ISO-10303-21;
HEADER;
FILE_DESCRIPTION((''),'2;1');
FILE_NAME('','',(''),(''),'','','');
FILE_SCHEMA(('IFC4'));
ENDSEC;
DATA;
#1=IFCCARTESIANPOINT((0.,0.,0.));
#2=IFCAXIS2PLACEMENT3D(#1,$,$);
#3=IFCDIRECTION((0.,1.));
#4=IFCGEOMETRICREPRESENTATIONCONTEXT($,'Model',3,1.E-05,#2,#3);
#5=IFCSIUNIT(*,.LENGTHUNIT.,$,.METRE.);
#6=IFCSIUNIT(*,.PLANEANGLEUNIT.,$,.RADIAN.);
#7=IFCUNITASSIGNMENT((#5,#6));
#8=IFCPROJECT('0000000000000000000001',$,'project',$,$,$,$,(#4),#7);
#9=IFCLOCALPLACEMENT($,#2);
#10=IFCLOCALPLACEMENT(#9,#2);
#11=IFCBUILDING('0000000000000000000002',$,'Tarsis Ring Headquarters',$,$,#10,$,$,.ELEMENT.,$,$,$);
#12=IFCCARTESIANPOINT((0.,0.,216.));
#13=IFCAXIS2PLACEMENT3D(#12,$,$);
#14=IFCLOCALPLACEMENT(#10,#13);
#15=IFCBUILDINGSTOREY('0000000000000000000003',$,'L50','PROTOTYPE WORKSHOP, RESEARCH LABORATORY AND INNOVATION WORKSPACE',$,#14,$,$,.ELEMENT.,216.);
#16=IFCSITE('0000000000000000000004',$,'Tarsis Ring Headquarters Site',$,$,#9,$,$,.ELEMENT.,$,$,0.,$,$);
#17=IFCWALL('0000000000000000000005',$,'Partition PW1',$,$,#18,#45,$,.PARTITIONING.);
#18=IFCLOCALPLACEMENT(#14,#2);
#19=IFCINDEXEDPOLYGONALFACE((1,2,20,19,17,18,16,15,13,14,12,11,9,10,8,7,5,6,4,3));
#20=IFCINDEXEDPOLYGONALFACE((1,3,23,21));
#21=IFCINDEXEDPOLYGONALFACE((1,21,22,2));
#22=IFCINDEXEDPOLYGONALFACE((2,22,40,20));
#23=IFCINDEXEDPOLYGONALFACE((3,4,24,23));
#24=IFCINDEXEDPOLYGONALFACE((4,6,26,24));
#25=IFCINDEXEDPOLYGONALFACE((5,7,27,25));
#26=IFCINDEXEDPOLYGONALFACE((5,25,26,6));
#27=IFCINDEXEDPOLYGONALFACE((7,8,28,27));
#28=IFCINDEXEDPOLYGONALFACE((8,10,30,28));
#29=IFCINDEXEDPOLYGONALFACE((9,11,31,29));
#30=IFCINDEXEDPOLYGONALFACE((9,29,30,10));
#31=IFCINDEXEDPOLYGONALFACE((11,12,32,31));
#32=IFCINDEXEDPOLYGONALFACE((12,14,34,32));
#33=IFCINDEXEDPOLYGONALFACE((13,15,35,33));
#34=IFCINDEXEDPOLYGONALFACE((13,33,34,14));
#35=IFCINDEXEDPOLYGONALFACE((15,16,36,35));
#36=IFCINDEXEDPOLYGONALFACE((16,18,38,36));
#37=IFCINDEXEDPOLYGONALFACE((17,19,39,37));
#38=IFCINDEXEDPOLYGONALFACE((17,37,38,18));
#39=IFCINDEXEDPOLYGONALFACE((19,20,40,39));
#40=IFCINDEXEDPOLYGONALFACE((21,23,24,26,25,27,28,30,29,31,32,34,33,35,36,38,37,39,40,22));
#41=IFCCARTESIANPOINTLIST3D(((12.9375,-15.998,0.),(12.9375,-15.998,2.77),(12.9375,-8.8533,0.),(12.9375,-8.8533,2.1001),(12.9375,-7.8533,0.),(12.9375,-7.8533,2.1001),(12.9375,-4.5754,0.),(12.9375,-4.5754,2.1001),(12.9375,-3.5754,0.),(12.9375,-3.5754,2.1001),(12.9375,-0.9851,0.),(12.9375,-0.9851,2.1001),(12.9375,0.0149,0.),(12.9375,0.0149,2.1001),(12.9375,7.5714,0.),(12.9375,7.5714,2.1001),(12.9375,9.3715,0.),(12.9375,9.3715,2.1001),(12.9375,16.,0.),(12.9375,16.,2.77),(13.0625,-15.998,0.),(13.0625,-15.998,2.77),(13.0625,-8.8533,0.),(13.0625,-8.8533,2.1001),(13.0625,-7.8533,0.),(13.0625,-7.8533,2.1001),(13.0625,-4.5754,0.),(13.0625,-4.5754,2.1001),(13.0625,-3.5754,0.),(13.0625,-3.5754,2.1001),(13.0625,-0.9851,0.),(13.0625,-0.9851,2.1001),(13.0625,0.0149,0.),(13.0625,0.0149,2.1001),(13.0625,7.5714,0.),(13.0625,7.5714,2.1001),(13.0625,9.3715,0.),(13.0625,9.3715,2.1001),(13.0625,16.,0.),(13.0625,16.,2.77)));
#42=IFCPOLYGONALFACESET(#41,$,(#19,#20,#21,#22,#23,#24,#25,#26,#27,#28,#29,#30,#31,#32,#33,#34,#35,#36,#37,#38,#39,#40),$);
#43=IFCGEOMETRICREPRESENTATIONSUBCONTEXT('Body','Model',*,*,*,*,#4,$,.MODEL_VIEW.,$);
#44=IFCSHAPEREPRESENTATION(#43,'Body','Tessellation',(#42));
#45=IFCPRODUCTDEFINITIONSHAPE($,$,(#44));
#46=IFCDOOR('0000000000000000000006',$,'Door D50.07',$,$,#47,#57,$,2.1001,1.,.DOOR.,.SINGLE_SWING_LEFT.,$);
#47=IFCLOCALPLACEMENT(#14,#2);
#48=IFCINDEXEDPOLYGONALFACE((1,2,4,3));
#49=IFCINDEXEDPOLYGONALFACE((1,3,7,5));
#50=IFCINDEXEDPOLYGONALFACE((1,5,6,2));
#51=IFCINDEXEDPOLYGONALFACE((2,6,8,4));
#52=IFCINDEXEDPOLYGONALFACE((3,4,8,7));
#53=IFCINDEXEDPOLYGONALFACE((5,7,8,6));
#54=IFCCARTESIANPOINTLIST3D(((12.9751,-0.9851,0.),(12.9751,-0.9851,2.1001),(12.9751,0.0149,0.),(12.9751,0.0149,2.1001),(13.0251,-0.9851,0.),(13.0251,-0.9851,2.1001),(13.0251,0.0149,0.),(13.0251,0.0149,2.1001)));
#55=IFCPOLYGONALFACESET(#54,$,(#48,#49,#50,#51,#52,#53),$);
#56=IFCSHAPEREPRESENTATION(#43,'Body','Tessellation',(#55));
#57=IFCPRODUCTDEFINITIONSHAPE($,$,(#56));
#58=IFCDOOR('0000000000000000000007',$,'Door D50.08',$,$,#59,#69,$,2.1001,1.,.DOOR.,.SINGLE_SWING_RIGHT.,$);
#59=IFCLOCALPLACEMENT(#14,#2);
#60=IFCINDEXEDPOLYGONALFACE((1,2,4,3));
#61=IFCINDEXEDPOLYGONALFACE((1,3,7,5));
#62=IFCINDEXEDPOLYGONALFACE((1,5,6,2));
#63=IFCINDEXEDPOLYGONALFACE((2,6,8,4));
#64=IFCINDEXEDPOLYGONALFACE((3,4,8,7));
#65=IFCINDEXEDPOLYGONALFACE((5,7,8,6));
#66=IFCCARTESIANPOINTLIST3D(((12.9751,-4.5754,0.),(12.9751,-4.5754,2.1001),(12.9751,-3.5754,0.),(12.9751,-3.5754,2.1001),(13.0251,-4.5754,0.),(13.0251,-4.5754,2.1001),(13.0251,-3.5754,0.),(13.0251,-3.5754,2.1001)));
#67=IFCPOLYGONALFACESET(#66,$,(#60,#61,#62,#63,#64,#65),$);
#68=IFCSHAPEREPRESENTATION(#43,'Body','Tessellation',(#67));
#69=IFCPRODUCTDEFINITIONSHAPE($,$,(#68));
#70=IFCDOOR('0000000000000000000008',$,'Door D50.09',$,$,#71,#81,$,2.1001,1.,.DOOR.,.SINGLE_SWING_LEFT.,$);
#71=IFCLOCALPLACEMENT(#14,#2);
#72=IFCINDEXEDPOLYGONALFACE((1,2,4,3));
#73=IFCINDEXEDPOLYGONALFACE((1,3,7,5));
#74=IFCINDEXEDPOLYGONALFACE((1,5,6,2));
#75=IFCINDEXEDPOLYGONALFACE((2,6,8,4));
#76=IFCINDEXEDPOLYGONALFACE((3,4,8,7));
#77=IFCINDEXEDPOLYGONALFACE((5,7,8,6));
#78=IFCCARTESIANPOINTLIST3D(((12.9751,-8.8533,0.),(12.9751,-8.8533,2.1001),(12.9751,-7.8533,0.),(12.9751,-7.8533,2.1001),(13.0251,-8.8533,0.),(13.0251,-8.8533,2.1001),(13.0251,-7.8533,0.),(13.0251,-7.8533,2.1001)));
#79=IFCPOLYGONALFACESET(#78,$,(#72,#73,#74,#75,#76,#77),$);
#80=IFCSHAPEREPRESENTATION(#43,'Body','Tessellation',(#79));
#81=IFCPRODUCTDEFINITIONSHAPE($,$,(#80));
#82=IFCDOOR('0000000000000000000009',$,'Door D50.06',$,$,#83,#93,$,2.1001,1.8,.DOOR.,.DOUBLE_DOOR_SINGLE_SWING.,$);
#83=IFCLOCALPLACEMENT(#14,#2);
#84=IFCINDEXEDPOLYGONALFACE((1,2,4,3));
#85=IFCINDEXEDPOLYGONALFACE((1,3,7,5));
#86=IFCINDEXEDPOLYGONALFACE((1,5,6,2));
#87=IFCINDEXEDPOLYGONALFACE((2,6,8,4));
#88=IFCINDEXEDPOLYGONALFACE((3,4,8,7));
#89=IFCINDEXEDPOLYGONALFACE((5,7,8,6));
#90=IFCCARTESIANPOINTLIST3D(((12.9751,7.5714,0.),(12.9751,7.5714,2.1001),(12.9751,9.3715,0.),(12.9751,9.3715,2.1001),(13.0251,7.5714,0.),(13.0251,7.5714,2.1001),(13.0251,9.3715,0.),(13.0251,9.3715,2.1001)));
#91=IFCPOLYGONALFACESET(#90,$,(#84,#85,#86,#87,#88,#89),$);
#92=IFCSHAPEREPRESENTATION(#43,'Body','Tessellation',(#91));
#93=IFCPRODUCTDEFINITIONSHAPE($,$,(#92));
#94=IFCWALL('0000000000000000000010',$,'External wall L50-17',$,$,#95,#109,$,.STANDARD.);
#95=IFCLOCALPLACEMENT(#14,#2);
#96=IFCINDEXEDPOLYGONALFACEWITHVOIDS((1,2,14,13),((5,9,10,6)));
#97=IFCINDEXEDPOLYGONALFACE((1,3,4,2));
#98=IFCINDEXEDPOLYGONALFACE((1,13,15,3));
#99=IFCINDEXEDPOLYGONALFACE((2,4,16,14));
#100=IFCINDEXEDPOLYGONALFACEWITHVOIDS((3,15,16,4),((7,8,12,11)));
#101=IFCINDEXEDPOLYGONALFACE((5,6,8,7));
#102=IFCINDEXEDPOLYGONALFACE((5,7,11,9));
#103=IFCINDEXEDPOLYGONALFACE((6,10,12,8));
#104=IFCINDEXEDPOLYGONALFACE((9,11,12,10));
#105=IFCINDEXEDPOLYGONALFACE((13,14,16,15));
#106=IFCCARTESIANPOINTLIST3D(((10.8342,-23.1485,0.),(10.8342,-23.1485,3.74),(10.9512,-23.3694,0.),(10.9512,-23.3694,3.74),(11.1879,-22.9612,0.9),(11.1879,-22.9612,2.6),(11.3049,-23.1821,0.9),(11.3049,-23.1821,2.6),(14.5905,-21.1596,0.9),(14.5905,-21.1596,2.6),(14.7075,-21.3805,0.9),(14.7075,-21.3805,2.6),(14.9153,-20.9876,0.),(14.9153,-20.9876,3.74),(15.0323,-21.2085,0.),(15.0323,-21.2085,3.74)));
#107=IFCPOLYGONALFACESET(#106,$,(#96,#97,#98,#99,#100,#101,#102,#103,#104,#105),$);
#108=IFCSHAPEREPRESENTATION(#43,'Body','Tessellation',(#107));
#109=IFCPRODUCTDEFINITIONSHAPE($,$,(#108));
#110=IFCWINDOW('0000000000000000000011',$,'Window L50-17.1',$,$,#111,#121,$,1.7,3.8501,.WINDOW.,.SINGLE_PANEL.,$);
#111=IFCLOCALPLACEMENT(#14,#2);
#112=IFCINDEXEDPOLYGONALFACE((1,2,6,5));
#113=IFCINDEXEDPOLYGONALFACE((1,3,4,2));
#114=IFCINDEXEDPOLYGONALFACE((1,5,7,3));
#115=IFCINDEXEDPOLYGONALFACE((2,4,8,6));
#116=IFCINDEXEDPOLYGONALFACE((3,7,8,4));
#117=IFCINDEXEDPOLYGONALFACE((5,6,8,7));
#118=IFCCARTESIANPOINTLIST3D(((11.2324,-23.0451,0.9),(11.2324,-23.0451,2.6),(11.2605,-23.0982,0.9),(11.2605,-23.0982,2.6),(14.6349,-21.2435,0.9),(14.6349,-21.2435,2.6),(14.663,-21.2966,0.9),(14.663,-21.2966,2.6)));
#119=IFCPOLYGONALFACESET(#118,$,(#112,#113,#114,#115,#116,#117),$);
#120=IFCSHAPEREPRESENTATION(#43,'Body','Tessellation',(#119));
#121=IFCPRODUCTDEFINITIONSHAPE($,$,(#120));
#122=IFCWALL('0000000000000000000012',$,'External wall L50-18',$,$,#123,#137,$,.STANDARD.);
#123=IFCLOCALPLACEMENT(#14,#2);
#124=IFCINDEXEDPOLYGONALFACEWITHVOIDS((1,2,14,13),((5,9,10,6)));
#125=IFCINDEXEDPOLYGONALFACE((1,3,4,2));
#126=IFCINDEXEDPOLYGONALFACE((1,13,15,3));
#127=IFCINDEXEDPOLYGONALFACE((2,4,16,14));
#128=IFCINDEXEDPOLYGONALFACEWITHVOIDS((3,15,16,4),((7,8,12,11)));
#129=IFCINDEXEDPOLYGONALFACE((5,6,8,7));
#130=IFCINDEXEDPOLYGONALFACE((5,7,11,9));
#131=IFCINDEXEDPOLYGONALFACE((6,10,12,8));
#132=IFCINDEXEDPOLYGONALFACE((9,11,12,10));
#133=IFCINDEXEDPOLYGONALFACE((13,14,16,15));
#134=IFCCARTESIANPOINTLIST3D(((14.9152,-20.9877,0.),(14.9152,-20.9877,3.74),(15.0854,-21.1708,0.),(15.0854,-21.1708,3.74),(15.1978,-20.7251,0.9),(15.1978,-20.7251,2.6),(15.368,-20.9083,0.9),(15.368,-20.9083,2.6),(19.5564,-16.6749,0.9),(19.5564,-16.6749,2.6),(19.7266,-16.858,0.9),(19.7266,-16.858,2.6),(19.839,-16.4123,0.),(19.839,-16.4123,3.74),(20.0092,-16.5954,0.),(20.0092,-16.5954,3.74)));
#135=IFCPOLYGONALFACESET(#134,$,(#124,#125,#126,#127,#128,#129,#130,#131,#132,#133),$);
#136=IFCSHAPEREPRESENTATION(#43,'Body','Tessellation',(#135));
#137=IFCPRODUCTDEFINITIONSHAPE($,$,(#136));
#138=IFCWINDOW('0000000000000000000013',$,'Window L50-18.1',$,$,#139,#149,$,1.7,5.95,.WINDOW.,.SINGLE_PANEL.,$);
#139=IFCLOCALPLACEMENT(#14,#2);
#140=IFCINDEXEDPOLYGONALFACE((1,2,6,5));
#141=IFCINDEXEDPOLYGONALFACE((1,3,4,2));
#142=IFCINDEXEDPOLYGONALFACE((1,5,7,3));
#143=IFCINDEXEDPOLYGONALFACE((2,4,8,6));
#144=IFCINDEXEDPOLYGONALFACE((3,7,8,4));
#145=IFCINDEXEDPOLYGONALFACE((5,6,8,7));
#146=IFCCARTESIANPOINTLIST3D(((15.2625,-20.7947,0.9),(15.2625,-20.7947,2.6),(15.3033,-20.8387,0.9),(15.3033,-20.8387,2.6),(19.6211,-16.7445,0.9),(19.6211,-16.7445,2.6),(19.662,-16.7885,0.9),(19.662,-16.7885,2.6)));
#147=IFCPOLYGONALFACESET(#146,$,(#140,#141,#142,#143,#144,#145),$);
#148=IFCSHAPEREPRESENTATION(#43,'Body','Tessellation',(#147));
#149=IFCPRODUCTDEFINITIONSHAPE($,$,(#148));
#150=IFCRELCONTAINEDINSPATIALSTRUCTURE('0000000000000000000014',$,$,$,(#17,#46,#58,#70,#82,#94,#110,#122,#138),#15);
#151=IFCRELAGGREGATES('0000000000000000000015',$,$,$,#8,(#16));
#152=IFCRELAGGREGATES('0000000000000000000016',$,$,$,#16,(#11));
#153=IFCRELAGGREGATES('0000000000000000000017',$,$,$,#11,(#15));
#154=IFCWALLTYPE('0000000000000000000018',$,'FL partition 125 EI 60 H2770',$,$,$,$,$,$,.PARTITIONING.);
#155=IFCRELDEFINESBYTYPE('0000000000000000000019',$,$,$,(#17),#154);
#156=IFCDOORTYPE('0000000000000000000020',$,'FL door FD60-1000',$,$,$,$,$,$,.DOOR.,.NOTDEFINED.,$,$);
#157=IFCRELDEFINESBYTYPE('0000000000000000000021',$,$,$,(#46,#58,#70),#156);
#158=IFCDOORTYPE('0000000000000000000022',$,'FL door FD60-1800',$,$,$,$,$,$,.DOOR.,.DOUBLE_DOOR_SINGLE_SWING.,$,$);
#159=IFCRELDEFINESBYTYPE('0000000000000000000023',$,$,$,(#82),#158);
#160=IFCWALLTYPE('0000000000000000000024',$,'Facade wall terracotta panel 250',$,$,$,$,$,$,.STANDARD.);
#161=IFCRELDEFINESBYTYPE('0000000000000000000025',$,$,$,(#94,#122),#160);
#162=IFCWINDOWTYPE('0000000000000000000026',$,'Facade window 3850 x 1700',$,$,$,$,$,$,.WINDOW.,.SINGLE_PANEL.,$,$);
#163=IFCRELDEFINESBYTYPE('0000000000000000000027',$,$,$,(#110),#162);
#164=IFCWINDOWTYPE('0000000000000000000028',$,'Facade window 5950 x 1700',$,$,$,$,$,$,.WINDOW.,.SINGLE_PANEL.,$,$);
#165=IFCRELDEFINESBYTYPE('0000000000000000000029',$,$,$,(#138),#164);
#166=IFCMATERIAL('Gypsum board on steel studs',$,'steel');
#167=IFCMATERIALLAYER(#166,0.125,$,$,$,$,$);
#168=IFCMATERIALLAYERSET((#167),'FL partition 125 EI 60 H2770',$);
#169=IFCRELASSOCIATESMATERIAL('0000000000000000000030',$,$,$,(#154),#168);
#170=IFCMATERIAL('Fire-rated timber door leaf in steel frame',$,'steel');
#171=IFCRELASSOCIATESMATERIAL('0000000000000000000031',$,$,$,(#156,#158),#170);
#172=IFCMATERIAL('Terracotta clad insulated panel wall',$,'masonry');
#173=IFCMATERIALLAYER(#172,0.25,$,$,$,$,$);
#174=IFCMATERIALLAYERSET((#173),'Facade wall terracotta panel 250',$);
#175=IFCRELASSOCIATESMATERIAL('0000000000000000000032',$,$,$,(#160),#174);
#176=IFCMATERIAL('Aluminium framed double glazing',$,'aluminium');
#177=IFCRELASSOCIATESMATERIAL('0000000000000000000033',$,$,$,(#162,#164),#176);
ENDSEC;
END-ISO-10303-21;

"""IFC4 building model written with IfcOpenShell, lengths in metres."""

from ifc_helpers import new_model, si_unit, direction, frame, frame_2d, origin, place, context, subcontext, project, spatial, rectangle, extrude, material, layer, layer_set, type_object, element, fill, save


model = new_model("IFC4")

# Units and contexts
model_context = context("Model", 3, precision=1e-05, world=origin(), true_north=direction((0.0, 1.0)))
body_context = subcontext(model_context, "Body", "Model", "MODEL_VIEW")
ifc_project = project(units=[si_unit("LENGTHUNIT", "METRE"), si_unit("PLANEANGLEUNIT", "RADIAN")], contexts=[model_context])

# Site, building, storey
site_placement = place(None, origin())
site = spatial("IfcSite", under=ifc_project, at=site_placement, Name="Tarsis Ring Headquarters Site", CompositionType="ELEMENT", RefElevation=0.0)
building_placement = place(site_placement, origin())
building = spatial("IfcBuilding", under=site, at=building_placement, Name="Tarsis Ring Headquarters", CompositionType="ELEMENT")
storey_placement = place(building_placement, frame((0.0, 0.0, 216.0)))
storey = spatial("IfcBuildingStorey", under=building, at=storey_placement, Name="L50", Description="PROTOTYPE WORKSHOP, RESEARCH LABORATORY AND INNOVATION WORKSPACE", CompositionType="ELEMENT", Elevation=216.0)

# Shared definitions
ifc_material_1 = material(Name="Gypsum board on steel studs", Category="steel")

# Wall, openings, doors
ifc_layer_1 = layer(ifc_material_1, 0.125)
ifc_layer_set_1 = layer_set([ifc_layer_1], Name="FL partition 125 EI 60 H2770")
wall_type_1 = type_object("IfcWallType", Name="FL partition 125 EI 60 H2770", PredefinedType="PARTITIONING", material=ifc_layer_set_1)
wall_1_placement = place(storey_placement, frame((13.0, -15.998, 0.0), z_axis=(0.0, 0.0, 1.0), x_axis=(0.0, 1.0, 0.0)))
wall_1 = element("IfcWall", 1, at=wall_1_placement, inside=storey, type_object=wall_type_1, Name="Partition PW1", PredefinedType="PARTITIONING", context=body_context, shape_type="SweptSolid", body=[
    extrude(rectangle(XDim=31.998, YDim=0.125, at=frame_2d((15.999, 0.0))), origin(), (0.0, 0.0, 1.0), 2.77),
])
opening_1_placement = place(wall_1_placement, frame((23.5696, 0.0, 0.0)))
opening_1 = element("IfcOpeningElement", 2, at=opening_1_placement, cuts=wall_1, PredefinedType="OPENING", context=body_context, shape_type="SweptSolid", body=[
    extrude(rectangle(XDim=1.8, YDim=2.1001, at=frame_2d((0.8999, 1.05))), frame((0.0, 0.0725, 0.0), z_axis=(0.0, -1.0, 0.0), x_axis=(1.0, 0.0, 0.0)), (0.0, 0.0, 1.0), 0.145),
])
opening_2_placement = place(wall_1_placement, frame((15.0129, 0.0, 0.0)))
opening_2 = element("IfcOpeningElement", 3, at=opening_2_placement, cuts=wall_1, PredefinedType="OPENING", context=body_context, shape_type="SweptSolid", body=[
    extrude(rectangle(XDim=1.0, YDim=2.1001, at=frame_2d((0.5, 1.05))), frame((0.0, 0.0725, 0.0), z_axis=(0.0, -1.0, 0.0), x_axis=(1.0, 0.0, 0.0)), (0.0, 0.0, 1.0), 0.145),
])
opening_3_placement = place(wall_1_placement, frame((11.4226, 0.0, 0.0)))
opening_3 = element("IfcOpeningElement", 4, at=opening_3_placement, cuts=wall_1, PredefinedType="OPENING", context=body_context, shape_type="SweptSolid", body=[
    extrude(rectangle(XDim=1.0, YDim=2.1001, at=frame_2d((0.5, 1.05))), frame((0.0, 0.0725, 0.0), z_axis=(0.0, -1.0, 0.0), x_axis=(1.0, 0.0, 0.0)), (0.0, 0.0, 1.0), 0.145),
])
opening_4_placement = place(wall_1_placement, frame((7.1448, 0.0, 0.0)))
opening_4 = element("IfcOpeningElement", 5, at=opening_4_placement, cuts=wall_1, PredefinedType="OPENING", context=body_context, shape_type="SweptSolid", body=[
    extrude(rectangle(XDim=1.0, YDim=2.1001, at=frame_2d((0.5, 1.05))), frame((0.0, 0.0725, 0.0), z_axis=(0.0, -1.0, 0.0), x_axis=(1.0, 0.0, 0.0)), (0.0, 0.0, 1.0), 0.145),
])
ifc_material_2 = material(Name="Fire-rated timber door leaf in steel frame", Category="steel")
door_type_1 = type_object("IfcDoorType", Name="FL door FD60-1000", OperationType="NOTDEFINED", PredefinedType="DOOR", material=ifc_material_2)
door_1_placement = place(opening_2_placement, origin())
door_1 = element("IfcDoor", 6, at=door_1_placement, inside=storey, type_object=door_type_1, Name="Door D50.07", OperationType="SINGLE_SWING_LEFT", OverallHeight=2.1001, OverallWidth=1.0, PredefinedType="DOOR", context=body_context, shape_type="SweptSolid", body=[
    extrude(rectangle(XDim=1.0, YDim=2.1001, at=frame_2d((0.5, 1.05))), frame((0.0, 0.0249, 0.0), z_axis=(0.0, -1.0, 0.0), x_axis=(1.0, 0.0, 0.0)), (0.0, 0.0, 1.0), 0.05),
])
fill(opening_2, door_1)
door_2_placement = place(opening_3_placement, origin())
door_2 = element("IfcDoor", 7, at=door_2_placement, inside=storey, type_object=door_type_1, Name="Door D50.08", OperationType="SINGLE_SWING_RIGHT", OverallHeight=2.1001, OverallWidth=1.0, PredefinedType="DOOR", context=body_context, shape_type="SweptSolid", body=[
    extrude(rectangle(XDim=1.0, YDim=2.1001, at=frame_2d((0.5, 1.05))), frame((0.0, 0.0249, 0.0), z_axis=(0.0, -1.0, 0.0), x_axis=(1.0, 0.0, 0.0)), (0.0, 0.0, 1.0), 0.05),
])
fill(opening_3, door_2)
door_3_placement = place(opening_4_placement, origin())
door_3 = element("IfcDoor", 8, at=door_3_placement, inside=storey, type_object=door_type_1, Name="Door D50.09", OperationType="SINGLE_SWING_LEFT", OverallHeight=2.1001, OverallWidth=1.0, PredefinedType="DOOR", context=body_context, shape_type="SweptSolid", body=[
    extrude(rectangle(XDim=1.0, YDim=2.1001, at=frame_2d((0.5, 1.05))), frame((0.0, 0.0249, 0.0), z_axis=(0.0, -1.0, 0.0), x_axis=(1.0, 0.0, 0.0)), (0.0, 0.0, 1.0), 0.05),
])
fill(opening_4, door_3)
door_type_2 = type_object("IfcDoorType", Name="FL door FD60-1800", OperationType="DOUBLE_DOOR_SINGLE_SWING", PredefinedType="DOOR", material=ifc_material_2)
door_4_placement = place(opening_1_placement, origin())
door_4 = element("IfcDoor", 9, at=door_4_placement, inside=storey, type_object=door_type_2, Name="Door D50.06", OperationType="DOUBLE_DOOR_SINGLE_SWING", OverallHeight=2.1001, OverallWidth=1.8, PredefinedType="DOOR", context=body_context, shape_type="SweptSolid", body=[
    extrude(rectangle(XDim=1.8, YDim=2.1001, at=frame_2d((0.8999, 1.05))), frame((0.0, 0.0249, 0.0), z_axis=(0.0, -1.0, 0.0), x_axis=(1.0, 0.0, 0.0)), (0.0, 0.0, 1.0), 0.05),
])
fill(opening_1, door_4)

# Walls, openings, windows
ifc_material_3 = material(Name="Terracotta clad insulated panel wall", Category="masonry")
ifc_layer_2 = layer(ifc_material_3, 0.25)
ifc_layer_set_2 = layer_set([ifc_layer_2], Name="Facade wall terracotta panel 250")
wall_type_2 = type_object("IfcWallType", Name="Facade wall terracotta panel 250", PredefinedType="STANDARD", material=ifc_layer_set_2)
wall_2_placement = place(storey_placement, frame((10.8926, -23.259, 0.0), z_axis=(0.0, 0.0, 1.0), x_axis=(0.883758, 0.467944, 0.0)))
wall_2 = element("IfcWall", 10, at=wall_2_placement, inside=storey, type_object=wall_type_2, Name="External wall L50-17", PredefinedType="STANDARD", context=body_context, shape_type="SweptSolid", body=[
    extrude(rectangle(XDim=4.6179, YDim=0.25, at=frame_2d((2.3091, 0.0))), origin(), (0.0, 0.0, 1.0), 3.74),
])
opening_5_placement = place(wall_2_placement, frame((0.4004, 0.0, 0.8999)))
opening_5 = element("IfcOpeningElement", 11, at=opening_5_placement, cuts=wall_2, PredefinedType="OPENING", context=body_context, shape_type="SweptSolid", body=[
    extrude(rectangle(XDim=3.8501, YDim=1.7, at=frame_2d((1.925, 0.8501))), frame((0.0, 0.135, 0.0), z_axis=(0.0, -1.0, 0.0), x_axis=(1.0, 0.0, 0.0)), (0.0, 0.0, 1.0), 0.27),
])
ifc_material_4 = material(Name="Aluminium framed double glazing", Category="aluminium")
window_type_1 = type_object("IfcWindowType", Name="Facade window 3850 x 1700", PartitioningType="SINGLE_PANEL", PredefinedType="WINDOW", material=ifc_material_4)
window_1_placement = place(opening_5_placement, origin())
window_1 = element("IfcWindow", 12, at=window_1_placement, inside=storey, type_object=window_type_1, Name="Window L50-17.1", OverallHeight=1.7, OverallWidth=3.8501, PartitioningType="SINGLE_PANEL", PredefinedType="WINDOW", context=body_context, shape_type="SweptSolid", body=[
    extrude(rectangle(XDim=3.8501, YDim=1.7, at=frame_2d((1.925, 0.8501))), frame((0.0, 0.03, 0.0), z_axis=(0.0, -1.0, 0.0), x_axis=(1.0, 0.0, 0.0)), (0.0, 0.0, 1.0), 0.0601),
])
fill(opening_5, window_1)
wall_3_placement = place(storey_placement, frame((15.0002, -21.0793, 0.0), z_axis=(0.0, 0.0, 1.0), x_axis=(0.732548, 0.680716, 0.0)))
wall_3 = element("IfcWall", 13, at=wall_3_placement, inside=storey, type_object=wall_type_2, Name="External wall L50-18", PredefinedType="STANDARD", context=body_context, shape_type="SweptSolid", body=[
    extrude(rectangle(XDim=6.7214, YDim=0.25, at=frame_2d((3.3608, 0.0))), origin(), (0.0, 0.0, 1.0), 3.74),
])
opening_6_placement = place(wall_3_placement, frame((0.3857, 0.0, 0.8999)))
opening_6 = element("IfcOpeningElement", 14, at=opening_6_placement, cuts=wall_3, PredefinedType="OPENING", context=body_context, shape_type="SweptSolid", body=[
    extrude(rectangle(XDim=5.95, YDim=1.7, at=frame_2d((2.9751, 0.8501))), frame((0.0, 0.135, 0.0), z_axis=(0.0, -1.0, 0.0), x_axis=(1.0, 0.0, 0.0)), (0.0, 0.0, 1.0), 0.27),
])
window_type_2 = type_object("IfcWindowType", Name="Facade window 5950 x 1700", PartitioningType="SINGLE_PANEL", PredefinedType="WINDOW", material=ifc_material_4)
window_2_placement = place(opening_6_placement, origin())
window_2 = element("IfcWindow", 15, at=window_2_placement, inside=storey, type_object=window_type_2, Name="Window L50-18.1", OverallHeight=1.7, OverallWidth=5.95, PartitioningType="SINGLE_PANEL", PredefinedType="WINDOW", context=body_context, shape_type="SweptSolid", body=[
    extrude(rectangle(XDim=5.95, YDim=1.7, at=frame_2d((2.9751, 0.8501))), frame((0.0, 0.03, 0.0), z_axis=(0.0, -1.0, 0.0), x_axis=(1.0, 0.0, 0.0)), (0.0, 0.0, 1.0), 0.0601),
])
fill(opening_6, window_2)

save(model, "model.ifc")
